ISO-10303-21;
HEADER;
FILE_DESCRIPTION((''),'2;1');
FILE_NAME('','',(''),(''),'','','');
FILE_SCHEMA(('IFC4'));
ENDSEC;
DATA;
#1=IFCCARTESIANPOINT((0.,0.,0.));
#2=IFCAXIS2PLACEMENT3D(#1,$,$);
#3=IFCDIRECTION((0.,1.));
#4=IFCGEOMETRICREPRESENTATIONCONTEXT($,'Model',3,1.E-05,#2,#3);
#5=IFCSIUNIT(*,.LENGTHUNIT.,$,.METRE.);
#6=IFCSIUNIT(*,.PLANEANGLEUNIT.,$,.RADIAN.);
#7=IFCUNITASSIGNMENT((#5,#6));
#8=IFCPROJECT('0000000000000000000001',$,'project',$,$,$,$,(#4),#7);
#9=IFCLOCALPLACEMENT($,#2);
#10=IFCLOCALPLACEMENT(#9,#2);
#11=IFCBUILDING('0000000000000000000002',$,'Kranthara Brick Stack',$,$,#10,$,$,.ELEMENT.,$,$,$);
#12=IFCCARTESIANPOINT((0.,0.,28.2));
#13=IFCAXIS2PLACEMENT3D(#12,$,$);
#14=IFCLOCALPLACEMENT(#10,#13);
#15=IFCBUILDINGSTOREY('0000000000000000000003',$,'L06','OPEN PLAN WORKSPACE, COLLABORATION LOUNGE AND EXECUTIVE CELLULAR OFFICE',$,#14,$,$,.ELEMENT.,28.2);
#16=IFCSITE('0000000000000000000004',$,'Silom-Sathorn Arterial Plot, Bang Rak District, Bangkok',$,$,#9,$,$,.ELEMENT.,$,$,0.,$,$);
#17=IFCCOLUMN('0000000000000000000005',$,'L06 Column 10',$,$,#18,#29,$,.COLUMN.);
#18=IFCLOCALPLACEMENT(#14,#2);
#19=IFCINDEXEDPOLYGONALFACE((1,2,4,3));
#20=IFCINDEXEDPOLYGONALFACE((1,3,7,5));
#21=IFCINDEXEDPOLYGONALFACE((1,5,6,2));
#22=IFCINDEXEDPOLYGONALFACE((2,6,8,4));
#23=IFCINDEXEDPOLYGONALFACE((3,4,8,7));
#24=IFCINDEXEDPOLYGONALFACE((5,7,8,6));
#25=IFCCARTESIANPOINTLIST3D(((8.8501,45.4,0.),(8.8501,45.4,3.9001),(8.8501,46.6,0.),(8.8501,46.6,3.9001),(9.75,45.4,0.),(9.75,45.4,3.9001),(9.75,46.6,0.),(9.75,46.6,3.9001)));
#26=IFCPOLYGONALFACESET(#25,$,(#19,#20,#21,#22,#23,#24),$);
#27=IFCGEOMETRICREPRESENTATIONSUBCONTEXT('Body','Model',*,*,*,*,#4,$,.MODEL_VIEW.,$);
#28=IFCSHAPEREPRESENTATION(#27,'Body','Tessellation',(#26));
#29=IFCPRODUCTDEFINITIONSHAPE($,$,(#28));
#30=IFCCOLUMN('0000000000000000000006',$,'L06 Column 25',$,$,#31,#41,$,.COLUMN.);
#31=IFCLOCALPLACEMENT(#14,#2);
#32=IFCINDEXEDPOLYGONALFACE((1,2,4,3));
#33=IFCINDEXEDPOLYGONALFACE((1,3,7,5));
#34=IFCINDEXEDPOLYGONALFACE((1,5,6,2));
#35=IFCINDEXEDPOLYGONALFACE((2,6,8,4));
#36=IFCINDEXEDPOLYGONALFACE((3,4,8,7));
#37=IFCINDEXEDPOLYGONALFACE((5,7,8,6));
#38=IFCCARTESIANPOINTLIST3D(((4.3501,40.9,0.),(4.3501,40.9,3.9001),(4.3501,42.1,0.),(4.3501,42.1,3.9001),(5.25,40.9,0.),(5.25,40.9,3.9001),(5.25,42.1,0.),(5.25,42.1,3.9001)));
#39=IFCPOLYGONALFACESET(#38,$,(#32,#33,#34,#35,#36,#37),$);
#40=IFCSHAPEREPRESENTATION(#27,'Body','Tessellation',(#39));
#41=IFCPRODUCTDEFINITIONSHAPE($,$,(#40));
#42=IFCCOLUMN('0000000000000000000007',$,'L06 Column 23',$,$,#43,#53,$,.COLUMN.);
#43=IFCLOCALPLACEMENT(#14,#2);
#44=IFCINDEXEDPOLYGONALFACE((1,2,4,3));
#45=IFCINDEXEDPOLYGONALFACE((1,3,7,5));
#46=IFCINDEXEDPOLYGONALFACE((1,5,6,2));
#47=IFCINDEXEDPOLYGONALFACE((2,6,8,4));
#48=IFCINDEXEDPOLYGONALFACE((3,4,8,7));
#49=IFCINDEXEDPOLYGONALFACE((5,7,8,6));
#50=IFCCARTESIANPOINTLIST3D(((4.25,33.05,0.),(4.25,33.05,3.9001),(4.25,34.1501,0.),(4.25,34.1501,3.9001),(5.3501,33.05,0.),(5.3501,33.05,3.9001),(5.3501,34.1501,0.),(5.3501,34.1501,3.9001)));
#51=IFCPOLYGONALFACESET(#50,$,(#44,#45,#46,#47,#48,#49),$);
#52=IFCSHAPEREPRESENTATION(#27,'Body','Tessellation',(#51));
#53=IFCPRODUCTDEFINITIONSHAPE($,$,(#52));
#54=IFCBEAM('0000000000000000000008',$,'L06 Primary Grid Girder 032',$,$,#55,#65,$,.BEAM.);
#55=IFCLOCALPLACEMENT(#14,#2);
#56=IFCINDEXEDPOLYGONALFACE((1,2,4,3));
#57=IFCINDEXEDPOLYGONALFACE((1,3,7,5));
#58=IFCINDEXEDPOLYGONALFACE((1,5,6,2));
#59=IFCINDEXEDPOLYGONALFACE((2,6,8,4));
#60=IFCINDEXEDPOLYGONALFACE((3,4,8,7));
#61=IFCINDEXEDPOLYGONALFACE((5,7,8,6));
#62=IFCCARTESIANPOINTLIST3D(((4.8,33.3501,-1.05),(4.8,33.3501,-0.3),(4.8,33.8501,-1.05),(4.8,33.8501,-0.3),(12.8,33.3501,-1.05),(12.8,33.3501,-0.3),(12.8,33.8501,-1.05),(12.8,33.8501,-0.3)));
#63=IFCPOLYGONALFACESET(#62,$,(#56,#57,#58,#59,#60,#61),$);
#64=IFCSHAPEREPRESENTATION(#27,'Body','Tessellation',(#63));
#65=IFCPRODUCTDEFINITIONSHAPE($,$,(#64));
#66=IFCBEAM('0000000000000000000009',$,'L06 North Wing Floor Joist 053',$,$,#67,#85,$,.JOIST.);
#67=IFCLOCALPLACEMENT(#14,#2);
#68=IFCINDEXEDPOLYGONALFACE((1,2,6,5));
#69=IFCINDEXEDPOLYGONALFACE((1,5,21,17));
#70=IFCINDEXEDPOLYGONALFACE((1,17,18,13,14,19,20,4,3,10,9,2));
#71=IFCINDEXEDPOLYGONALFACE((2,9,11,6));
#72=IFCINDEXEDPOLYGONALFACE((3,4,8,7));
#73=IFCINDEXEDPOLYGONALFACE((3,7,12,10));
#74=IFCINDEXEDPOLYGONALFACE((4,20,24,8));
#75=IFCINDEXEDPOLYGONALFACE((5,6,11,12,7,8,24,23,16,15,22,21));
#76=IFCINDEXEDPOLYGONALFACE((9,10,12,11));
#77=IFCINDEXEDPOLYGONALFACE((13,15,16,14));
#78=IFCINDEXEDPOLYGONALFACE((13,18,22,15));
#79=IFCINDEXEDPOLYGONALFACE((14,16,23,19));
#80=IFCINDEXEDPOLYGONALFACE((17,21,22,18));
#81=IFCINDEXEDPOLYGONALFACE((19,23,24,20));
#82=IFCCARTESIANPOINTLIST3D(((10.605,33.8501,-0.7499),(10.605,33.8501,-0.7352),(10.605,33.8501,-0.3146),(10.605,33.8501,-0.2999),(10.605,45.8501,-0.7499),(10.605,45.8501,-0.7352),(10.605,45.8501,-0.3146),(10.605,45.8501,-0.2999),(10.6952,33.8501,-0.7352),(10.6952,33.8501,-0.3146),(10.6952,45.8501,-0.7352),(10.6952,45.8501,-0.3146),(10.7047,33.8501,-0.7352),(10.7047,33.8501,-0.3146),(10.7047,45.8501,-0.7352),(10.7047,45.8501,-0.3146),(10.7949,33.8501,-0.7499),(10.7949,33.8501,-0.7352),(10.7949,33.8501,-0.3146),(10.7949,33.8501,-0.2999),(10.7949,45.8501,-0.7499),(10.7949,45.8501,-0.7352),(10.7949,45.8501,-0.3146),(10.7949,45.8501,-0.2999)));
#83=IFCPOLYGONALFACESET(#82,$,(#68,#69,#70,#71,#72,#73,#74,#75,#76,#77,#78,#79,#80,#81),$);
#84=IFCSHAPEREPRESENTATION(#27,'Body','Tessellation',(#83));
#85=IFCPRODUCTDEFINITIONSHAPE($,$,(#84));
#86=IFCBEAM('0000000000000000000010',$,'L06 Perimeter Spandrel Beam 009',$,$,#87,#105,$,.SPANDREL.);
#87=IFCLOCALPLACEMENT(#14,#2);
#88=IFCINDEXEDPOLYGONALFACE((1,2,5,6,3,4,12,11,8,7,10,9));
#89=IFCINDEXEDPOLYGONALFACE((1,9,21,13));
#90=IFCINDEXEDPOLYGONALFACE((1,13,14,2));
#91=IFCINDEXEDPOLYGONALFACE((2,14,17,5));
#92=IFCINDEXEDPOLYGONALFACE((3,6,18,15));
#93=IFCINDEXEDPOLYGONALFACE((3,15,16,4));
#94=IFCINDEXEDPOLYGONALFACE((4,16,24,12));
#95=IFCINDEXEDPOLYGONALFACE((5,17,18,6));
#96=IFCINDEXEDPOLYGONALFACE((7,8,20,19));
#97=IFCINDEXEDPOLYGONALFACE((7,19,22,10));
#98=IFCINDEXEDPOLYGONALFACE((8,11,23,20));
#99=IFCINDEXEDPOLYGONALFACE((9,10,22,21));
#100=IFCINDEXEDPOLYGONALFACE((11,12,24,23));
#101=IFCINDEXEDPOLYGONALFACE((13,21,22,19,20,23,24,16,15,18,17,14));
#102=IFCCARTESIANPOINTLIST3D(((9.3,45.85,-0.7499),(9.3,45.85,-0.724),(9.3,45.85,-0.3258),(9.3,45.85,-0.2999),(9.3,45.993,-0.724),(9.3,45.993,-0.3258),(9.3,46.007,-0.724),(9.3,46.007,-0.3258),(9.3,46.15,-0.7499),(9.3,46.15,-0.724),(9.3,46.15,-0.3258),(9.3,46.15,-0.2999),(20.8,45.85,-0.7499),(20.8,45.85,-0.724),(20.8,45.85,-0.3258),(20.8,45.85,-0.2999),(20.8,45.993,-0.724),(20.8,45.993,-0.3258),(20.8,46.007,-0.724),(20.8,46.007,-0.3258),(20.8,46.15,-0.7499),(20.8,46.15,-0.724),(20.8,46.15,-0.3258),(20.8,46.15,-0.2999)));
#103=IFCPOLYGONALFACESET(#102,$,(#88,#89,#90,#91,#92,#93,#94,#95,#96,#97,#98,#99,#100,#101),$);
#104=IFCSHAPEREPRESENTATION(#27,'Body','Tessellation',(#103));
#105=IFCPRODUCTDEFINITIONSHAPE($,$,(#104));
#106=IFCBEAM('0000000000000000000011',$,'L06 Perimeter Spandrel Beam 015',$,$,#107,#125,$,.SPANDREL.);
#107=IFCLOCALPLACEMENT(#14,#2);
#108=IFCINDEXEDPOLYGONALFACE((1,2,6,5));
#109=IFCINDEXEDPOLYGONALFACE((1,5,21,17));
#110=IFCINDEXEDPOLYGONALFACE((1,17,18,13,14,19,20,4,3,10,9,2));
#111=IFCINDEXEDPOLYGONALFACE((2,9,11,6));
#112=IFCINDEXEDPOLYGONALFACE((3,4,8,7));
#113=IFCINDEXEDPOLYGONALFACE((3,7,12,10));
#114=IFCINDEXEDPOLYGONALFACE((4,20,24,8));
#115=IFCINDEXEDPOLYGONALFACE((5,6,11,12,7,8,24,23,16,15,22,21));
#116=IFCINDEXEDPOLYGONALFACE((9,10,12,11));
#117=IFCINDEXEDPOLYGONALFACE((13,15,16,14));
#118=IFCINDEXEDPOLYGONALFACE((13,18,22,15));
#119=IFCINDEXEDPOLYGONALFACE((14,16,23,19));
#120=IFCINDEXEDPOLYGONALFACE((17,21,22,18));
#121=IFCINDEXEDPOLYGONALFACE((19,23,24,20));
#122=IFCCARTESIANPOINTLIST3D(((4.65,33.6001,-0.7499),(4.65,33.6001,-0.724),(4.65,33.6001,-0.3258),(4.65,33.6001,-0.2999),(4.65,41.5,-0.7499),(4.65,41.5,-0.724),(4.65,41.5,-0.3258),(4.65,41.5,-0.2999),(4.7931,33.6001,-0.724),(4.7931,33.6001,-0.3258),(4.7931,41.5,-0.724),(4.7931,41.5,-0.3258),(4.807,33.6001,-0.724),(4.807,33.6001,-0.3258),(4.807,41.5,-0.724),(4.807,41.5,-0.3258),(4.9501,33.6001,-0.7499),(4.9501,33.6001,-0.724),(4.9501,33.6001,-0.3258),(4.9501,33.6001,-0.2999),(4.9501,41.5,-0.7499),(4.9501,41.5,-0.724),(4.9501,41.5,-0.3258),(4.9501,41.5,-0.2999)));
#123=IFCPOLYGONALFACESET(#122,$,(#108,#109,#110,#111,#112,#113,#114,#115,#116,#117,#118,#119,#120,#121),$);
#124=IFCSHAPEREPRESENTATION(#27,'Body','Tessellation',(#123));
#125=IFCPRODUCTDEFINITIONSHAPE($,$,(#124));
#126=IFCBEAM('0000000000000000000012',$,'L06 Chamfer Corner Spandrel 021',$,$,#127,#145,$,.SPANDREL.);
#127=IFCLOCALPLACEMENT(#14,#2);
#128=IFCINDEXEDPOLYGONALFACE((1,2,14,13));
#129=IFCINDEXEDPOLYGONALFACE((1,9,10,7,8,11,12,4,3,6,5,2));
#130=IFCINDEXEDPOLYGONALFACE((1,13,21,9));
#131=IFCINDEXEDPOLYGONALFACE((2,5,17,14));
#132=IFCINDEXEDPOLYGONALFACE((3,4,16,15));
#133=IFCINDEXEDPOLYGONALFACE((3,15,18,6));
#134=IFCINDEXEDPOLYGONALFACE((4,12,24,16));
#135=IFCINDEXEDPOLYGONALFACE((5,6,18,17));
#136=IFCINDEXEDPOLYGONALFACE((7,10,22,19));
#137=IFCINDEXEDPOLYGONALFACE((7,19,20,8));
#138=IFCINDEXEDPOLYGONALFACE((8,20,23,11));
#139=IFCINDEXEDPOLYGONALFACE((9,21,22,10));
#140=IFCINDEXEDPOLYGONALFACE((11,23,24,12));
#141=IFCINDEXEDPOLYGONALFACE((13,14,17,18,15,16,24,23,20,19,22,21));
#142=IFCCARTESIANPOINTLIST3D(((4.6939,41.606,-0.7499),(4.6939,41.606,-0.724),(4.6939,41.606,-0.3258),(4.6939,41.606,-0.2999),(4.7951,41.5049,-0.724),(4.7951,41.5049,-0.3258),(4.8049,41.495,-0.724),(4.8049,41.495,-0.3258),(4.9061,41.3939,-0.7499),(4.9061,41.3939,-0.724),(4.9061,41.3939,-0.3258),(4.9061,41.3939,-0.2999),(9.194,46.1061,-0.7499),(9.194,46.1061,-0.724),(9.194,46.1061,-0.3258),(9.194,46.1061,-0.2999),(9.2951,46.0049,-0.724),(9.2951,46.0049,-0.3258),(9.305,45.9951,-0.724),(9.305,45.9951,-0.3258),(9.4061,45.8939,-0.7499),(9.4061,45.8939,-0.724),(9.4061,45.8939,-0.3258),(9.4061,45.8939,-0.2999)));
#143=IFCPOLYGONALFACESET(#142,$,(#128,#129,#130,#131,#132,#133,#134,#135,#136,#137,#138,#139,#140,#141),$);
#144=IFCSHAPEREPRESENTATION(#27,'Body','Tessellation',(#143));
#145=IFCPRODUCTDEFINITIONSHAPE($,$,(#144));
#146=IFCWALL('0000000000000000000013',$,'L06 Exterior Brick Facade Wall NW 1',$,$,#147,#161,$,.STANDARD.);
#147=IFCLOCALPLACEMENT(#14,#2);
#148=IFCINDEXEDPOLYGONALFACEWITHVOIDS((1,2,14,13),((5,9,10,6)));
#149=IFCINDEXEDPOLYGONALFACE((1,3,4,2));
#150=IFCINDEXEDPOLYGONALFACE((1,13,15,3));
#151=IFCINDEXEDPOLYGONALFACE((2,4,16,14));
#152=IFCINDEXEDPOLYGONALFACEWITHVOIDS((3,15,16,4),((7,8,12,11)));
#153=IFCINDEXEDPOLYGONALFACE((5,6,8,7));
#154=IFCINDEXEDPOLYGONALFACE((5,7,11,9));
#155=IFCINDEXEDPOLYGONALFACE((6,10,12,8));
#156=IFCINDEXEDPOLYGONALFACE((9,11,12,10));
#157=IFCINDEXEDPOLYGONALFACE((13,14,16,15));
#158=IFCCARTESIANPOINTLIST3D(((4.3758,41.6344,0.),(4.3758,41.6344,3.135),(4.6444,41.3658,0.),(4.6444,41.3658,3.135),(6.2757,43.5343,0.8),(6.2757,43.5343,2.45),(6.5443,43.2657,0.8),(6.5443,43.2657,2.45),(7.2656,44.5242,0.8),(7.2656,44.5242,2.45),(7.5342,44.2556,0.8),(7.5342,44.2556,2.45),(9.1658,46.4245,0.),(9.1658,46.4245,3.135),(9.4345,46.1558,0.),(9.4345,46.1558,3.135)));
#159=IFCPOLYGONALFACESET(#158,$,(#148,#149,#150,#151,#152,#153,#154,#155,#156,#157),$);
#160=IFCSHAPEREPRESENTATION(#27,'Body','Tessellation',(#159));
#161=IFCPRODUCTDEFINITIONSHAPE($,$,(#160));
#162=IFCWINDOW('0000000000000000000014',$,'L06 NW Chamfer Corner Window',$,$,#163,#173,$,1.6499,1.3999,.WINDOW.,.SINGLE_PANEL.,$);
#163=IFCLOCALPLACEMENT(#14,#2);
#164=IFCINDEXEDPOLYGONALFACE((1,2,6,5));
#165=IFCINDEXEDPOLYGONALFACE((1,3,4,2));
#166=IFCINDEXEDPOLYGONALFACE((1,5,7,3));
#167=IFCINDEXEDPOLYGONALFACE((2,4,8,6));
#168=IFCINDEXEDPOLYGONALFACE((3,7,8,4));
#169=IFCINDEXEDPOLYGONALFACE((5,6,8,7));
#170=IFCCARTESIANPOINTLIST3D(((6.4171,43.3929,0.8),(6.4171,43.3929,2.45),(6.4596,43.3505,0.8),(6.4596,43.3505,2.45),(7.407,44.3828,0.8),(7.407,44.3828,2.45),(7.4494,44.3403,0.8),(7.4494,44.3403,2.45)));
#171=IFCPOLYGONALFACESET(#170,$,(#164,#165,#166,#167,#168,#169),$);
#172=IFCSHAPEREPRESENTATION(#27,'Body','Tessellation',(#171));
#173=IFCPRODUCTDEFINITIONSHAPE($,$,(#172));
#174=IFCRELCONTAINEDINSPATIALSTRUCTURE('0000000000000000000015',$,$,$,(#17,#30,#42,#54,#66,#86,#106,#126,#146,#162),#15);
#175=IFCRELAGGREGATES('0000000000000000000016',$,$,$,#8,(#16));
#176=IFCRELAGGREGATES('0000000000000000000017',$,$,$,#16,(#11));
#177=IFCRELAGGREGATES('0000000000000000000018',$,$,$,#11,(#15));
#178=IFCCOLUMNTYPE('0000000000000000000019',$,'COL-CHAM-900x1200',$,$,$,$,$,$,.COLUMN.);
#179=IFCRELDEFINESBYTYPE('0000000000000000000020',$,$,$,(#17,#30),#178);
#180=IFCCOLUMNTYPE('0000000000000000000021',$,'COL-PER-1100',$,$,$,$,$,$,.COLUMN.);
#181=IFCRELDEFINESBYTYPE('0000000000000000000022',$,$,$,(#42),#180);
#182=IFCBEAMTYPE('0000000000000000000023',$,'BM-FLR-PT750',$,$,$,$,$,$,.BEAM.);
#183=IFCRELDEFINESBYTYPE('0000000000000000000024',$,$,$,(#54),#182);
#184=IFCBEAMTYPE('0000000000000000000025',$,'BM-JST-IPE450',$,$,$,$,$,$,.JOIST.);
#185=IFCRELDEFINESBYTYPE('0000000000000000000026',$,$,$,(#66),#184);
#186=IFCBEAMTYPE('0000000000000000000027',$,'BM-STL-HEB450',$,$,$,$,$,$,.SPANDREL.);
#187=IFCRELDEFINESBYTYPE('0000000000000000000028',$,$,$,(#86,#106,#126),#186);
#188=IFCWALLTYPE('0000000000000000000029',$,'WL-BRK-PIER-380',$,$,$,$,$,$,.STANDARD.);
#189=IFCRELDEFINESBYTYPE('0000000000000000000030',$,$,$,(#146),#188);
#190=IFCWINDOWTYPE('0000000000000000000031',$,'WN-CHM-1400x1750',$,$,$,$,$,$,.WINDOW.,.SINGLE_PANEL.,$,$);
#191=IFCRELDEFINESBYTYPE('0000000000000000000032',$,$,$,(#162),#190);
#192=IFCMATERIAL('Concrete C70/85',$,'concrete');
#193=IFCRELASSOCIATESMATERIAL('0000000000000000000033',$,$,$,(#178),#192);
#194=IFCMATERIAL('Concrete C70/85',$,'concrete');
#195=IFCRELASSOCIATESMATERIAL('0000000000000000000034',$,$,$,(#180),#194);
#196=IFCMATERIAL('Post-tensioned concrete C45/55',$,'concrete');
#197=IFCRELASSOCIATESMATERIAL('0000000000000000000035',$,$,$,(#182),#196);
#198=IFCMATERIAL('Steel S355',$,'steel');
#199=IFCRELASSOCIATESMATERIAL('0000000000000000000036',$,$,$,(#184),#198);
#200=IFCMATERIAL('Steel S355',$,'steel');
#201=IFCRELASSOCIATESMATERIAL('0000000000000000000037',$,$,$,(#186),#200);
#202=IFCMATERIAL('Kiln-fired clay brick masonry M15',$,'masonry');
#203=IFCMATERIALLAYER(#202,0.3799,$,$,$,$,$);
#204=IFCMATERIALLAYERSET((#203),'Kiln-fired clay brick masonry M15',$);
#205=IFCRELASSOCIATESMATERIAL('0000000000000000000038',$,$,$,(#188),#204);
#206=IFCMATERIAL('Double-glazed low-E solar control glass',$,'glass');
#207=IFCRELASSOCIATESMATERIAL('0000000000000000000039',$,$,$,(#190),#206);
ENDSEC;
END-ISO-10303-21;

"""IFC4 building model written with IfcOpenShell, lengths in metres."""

from ifc_helpers import new_model, si_unit, direction, frame, frame_2d, origin, origin_2d, place, context, subcontext, project, spatial, rectangle, i_section, extrude, material, layer, layer_set, material_profile, profile_set, type_object, element, fill, save


model = new_model("IFC4")

# Units and contexts
model_context = context("Model", 3, precision=1e-05, world=origin(), true_north=direction((0.0, 1.0)))
body_context = subcontext(model_context, "Body", "Model", "MODEL_VIEW")
ifc_project = project(units=[si_unit("LENGTHUNIT", "METRE"), si_unit("PLANEANGLEUNIT", "RADIAN")], contexts=[model_context])

# Site, building, storey
site_placement = place(None, origin())
site = spatial("IfcSite", under=ifc_project, at=site_placement, Name="Silom-Sathorn Arterial Plot, Bang Rak District, Bangkok", CompositionType="ELEMENT", RefElevation=0.0)
building_placement = place(site_placement, origin())
building = spatial("IfcBuilding", under=site, at=building_placement, Name="Kranthara Brick Stack", CompositionType="ELEMENT")
storey_placement = place(building_placement, frame((0.0, 0.0, 28.2)))
storey = spatial("IfcBuildingStorey", under=building, at=storey_placement, Name="L06", Description="OPEN PLAN WORKSPACE, COLLABORATION LOUNGE AND EXECUTIVE CELLULAR OFFICE", CompositionType="ELEMENT", Elevation=28.2)

# Columns
ifc_material_1 = material(Name="Concrete C70/85", Category="concrete")
ifc_material_profile_1 = material_profile(ifc_material_1, rectangle(XDim=0.8999, YDim=1.2, at=origin_2d()), Name="RC 900x1200")
ifc_profile_set_1 = profile_set([ifc_material_profile_1], Name="Concrete C70/85")
column_type_1 = type_object("IfcColumnType", Name="COL-CHAM-900x1200", PredefinedType="COLUMN", material=ifc_profile_set_1)
for number, where, z_axis, x_axis, name in (
    (1, (9.3, 46.0, 0.0), (0.0, 0.0, 1.0), (1.0, 0.0, 0.0), "L06 Column 10"),
    (2, (4.8, 41.5, 0.0), (0.0, 0.0, 1.0), (1.0, 0.0, 0.0), "L06 Column 25"),
):
    element("IfcColumn", number, at=place(storey_placement, frame(where, z_axis=z_axis, x_axis=x_axis)), inside=storey, type_object=column_type_1, Name=name, PredefinedType="COLUMN", context=body_context, shape_type="SweptSolid", body=[
        extrude(rectangle(XDim=0.8999, YDim=1.2, at=origin_2d()), origin(), (0.0, 0.0, 1.0), 3.9001),
    ])
ifc_material_2 = material(Name="Concrete C70/85", Category="concrete")
ifc_material_profile_2 = material_profile(ifc_material_2, rectangle(XDim=1.1001, YDim=1.1001, at=origin_2d()), Name="RC 1100x1100")
ifc_profile_set_2 = profile_set([ifc_material_profile_2], Name="Concrete C70/85")
column_type_2 = type_object("IfcColumnType", Name="COL-PER-1100", PredefinedType="COLUMN", material=ifc_profile_set_2)
column_placement = place(storey_placement, frame((4.8, 33.6001, 0.0), z_axis=(0.0, 0.0, 1.0), x_axis=(1.0, 0.0, 0.0)))
element("IfcColumn", 3, at=column_placement, inside=storey, type_object=column_type_2, Name="L06 Column 23", PredefinedType="COLUMN", context=body_context, shape_type="SweptSolid", body=[
    extrude(rectangle(XDim=1.1001, YDim=1.1001, at=origin_2d()), origin(), (0.0, 0.0, 1.0), 3.9001),
])

# Beams
ifc_material_3 = material(Name="Post-tensioned concrete C45/55", Category="concrete")
ifc_material_profile_3 = material_profile(ifc_material_3, rectangle(XDim=0.5, YDim=0.75, at=origin_2d()), Name="PT 500x750")
ifc_profile_set_3 = profile_set([ifc_material_profile_3], Name="Post-tensioned concrete C45/55")
beam_type_1 = type_object("IfcBeamType", Name="BM-FLR-PT750", PredefinedType="BEAM", material=ifc_profile_set_3)
beam_1_placement = place(storey_placement, frame((4.8, 33.6001, -0.675), z_axis=(1.0, 0.0, 0.0), x_axis=(0.0, 1.0, 0.0)))
element("IfcBeam", 4, at=beam_1_placement, inside=storey, type_object=beam_type_1, Name="L06 Primary Grid Girder 032", PredefinedType="BEAM", context=body_context, shape_type="SweptSolid", body=[
    extrude(rectangle(XDim=0.5, YDim=0.75, at=origin_2d()), origin(), (0.0, 0.0, 1.0), 8.0),
])
ifc_material_4 = material(Name="Steel S355", Category="steel")
ifc_material_profile_4 = material_profile(ifc_material_4, i_section(OverallWidth=0.1899, OverallDepth=0.45, WebThickness=0.0095, FlangeThickness=0.0146, at=origin_2d()), Name="IPE 450")
ifc_profile_set_4 = profile_set([ifc_material_profile_4], Name="Steel S355")
beam_type_2 = type_object("IfcBeamType", Name="BM-JST-IPE450", PredefinedType="JOIST", material=ifc_profile_set_4)
beam_2_placement = place(storey_placement, frame((10.7, 33.8501, -0.5249), z_axis=(0.0, 1.0, 0.0), x_axis=(-1.0, 0.0, 0.0)))
element("IfcBeam", 5, at=beam_2_placement, inside=storey, type_object=beam_type_2, Name="L06 North Wing Floor Joist 053", PredefinedType="JOIST", context=body_context, shape_type="SweptSolid", body=[
    extrude(i_section(OverallWidth=0.1899, OverallDepth=0.45, WebThickness=0.0095, FlangeThickness=0.0146, at=origin_2d()), origin(), (0.0, 0.0, 1.0), 12.0),
])
ifc_material_5 = material(Name="Steel S355", Category="steel")
ifc_material_profile_5 = material_profile(ifc_material_5, i_section(OverallWidth=0.3, OverallDepth=0.45, WebThickness=0.0139, FlangeThickness=0.0259, at=origin_2d()), Name="HEB 450")
ifc_profile_set_5 = profile_set([ifc_material_profile_5], Name="Steel S355")
beam_type_3 = type_object("IfcBeamType", Name="BM-STL-HEB450", PredefinedType="SPANDREL", material=ifc_profile_set_5)
beam_3_placement = place(storey_placement, frame((9.3, 46.0, -0.5249), z_axis=(1.0, 0.0, 0.0), x_axis=(0.0, 1.0, 0.0)))
element("IfcBeam", 6, at=beam_3_placement, inside=storey, type_object=beam_type_3, Name="L06 Perimeter Spandrel Beam 009", PredefinedType="SPANDREL", context=body_context, shape_type="SweptSolid", body=[
    extrude(i_section(OverallWidth=0.3, OverallDepth=0.45, WebThickness=0.0139, FlangeThickness=0.0259, at=origin_2d()), origin(), (0.0, 0.0, 1.0), 11.5),
])
beam_4_placement = place(storey_placement, frame((4.8, 33.6001, -0.5249), z_axis=(0.0, 1.0, 0.0), x_axis=(-1.0, 0.0, 0.0)))
element("IfcBeam", 7, at=beam_4_placement, inside=storey, type_object=beam_type_3, Name="L06 Perimeter Spandrel Beam 015", PredefinedType="SPANDREL", context=body_context, shape_type="SweptSolid", body=[
    extrude(i_section(OverallWidth=0.3, OverallDepth=0.45, WebThickness=0.0139, FlangeThickness=0.0259, at=origin_2d()), origin(), (0.0, 0.0, 1.0), 7.8999),
])
beam_5_placement = place(storey_placement, frame((9.3, 46.0, -0.5249), z_axis=(-0.707107, -0.707107, 0.0), x_axis=(0.707107, -0.707107, 0.0)))
element("IfcBeam", 8, at=beam_5_placement, inside=storey, type_object=beam_type_3, Name="L06 Chamfer Corner Spandrel 021", PredefinedType="SPANDREL", context=body_context, shape_type="SweptSolid", body=[
    extrude(i_section(OverallWidth=0.3, OverallDepth=0.45, WebThickness=0.0139, FlangeThickness=0.0259, at=origin_2d()), origin(), (0.0, 0.0, 1.0), 6.364),
])

# Wall, opening, window
ifc_material_6 = material(Name="Kiln-fired clay brick masonry M15", Category="masonry")
ifc_layer_1 = layer(ifc_material_6, 0.3799)
ifc_layer_set_1 = layer_set([ifc_layer_1], Name="Kiln-fired clay brick masonry M15")
wall_type_1 = type_object("IfcWallType", Name="WL-BRK-PIER-380", PredefinedType="STANDARD", material=ifc_layer_set_1)
wall_1_placement = place(storey_placement, frame((4.51, 41.5, 0.0), z_axis=(0.0, 0.0, 1.0), x_axis=(0.707107, 0.707107, 0.0)))
wall_1 = element("IfcWall", 9, at=wall_1_placement, inside=storey, type_object=wall_type_1, Name="L06 Exterior Brick Facade Wall NW 1", PredefinedType="STANDARD", context=body_context, shape_type="SweptSolid", body=[
    extrude(rectangle(XDim=6.7742, YDim=0.3799, at=frame_2d((3.3872, 0.0))), origin(), (0.0, 0.0, 1.0), 3.135),
])
opening_1_placement = place(wall_1_placement, frame((2.687, 0.0, 0.8)))
opening_1 = element("IfcOpeningElement", 10, at=opening_1_placement, cuts=wall_1, PredefinedType="OPENING", context=body_context, shape_type="SweptSolid", body=[
    extrude(rectangle(XDim=1.3999, YDim=1.6499, at=frame_2d((0.7, 0.825))), frame((0.0, 0.2, 0.0), z_axis=(0.0, -1.0, 0.0), x_axis=(1.0, 0.0, 0.0)), (0.0, 0.0, 1.0), 0.3999),
])
ifc_material_7 = material(Name="Double-glazed low-E solar control glass", Category="glass")
window_type_1 = type_object("IfcWindowType", Name="WN-CHM-1400x1750", PartitioningType="SINGLE_PANEL", PredefinedType="WINDOW", material=ifc_material_7)
window_1_placement = place(opening_1_placement, origin())
window_1 = element("IfcWindow", 11, at=window_1_placement, inside=storey, type_object=window_type_1, Name="L06 NW Chamfer Corner Window", OverallHeight=1.6499, OverallWidth=1.3999, PartitioningType="SINGLE_PANEL", PredefinedType="WINDOW", context=body_context, shape_type="SweptSolid", body=[
    extrude(rectangle(XDim=1.3999, YDim=1.6499, at=frame_2d((0.7, 0.825))), frame((0.0, -0.01, 0.0), z_axis=(0.0, -1.0, 0.0), x_axis=(1.0, 0.0, 0.0)), (0.0, 0.0, 1.0), 0.0601),
])
fill(opening_1, window_1)

save(model, "model.ifc")
